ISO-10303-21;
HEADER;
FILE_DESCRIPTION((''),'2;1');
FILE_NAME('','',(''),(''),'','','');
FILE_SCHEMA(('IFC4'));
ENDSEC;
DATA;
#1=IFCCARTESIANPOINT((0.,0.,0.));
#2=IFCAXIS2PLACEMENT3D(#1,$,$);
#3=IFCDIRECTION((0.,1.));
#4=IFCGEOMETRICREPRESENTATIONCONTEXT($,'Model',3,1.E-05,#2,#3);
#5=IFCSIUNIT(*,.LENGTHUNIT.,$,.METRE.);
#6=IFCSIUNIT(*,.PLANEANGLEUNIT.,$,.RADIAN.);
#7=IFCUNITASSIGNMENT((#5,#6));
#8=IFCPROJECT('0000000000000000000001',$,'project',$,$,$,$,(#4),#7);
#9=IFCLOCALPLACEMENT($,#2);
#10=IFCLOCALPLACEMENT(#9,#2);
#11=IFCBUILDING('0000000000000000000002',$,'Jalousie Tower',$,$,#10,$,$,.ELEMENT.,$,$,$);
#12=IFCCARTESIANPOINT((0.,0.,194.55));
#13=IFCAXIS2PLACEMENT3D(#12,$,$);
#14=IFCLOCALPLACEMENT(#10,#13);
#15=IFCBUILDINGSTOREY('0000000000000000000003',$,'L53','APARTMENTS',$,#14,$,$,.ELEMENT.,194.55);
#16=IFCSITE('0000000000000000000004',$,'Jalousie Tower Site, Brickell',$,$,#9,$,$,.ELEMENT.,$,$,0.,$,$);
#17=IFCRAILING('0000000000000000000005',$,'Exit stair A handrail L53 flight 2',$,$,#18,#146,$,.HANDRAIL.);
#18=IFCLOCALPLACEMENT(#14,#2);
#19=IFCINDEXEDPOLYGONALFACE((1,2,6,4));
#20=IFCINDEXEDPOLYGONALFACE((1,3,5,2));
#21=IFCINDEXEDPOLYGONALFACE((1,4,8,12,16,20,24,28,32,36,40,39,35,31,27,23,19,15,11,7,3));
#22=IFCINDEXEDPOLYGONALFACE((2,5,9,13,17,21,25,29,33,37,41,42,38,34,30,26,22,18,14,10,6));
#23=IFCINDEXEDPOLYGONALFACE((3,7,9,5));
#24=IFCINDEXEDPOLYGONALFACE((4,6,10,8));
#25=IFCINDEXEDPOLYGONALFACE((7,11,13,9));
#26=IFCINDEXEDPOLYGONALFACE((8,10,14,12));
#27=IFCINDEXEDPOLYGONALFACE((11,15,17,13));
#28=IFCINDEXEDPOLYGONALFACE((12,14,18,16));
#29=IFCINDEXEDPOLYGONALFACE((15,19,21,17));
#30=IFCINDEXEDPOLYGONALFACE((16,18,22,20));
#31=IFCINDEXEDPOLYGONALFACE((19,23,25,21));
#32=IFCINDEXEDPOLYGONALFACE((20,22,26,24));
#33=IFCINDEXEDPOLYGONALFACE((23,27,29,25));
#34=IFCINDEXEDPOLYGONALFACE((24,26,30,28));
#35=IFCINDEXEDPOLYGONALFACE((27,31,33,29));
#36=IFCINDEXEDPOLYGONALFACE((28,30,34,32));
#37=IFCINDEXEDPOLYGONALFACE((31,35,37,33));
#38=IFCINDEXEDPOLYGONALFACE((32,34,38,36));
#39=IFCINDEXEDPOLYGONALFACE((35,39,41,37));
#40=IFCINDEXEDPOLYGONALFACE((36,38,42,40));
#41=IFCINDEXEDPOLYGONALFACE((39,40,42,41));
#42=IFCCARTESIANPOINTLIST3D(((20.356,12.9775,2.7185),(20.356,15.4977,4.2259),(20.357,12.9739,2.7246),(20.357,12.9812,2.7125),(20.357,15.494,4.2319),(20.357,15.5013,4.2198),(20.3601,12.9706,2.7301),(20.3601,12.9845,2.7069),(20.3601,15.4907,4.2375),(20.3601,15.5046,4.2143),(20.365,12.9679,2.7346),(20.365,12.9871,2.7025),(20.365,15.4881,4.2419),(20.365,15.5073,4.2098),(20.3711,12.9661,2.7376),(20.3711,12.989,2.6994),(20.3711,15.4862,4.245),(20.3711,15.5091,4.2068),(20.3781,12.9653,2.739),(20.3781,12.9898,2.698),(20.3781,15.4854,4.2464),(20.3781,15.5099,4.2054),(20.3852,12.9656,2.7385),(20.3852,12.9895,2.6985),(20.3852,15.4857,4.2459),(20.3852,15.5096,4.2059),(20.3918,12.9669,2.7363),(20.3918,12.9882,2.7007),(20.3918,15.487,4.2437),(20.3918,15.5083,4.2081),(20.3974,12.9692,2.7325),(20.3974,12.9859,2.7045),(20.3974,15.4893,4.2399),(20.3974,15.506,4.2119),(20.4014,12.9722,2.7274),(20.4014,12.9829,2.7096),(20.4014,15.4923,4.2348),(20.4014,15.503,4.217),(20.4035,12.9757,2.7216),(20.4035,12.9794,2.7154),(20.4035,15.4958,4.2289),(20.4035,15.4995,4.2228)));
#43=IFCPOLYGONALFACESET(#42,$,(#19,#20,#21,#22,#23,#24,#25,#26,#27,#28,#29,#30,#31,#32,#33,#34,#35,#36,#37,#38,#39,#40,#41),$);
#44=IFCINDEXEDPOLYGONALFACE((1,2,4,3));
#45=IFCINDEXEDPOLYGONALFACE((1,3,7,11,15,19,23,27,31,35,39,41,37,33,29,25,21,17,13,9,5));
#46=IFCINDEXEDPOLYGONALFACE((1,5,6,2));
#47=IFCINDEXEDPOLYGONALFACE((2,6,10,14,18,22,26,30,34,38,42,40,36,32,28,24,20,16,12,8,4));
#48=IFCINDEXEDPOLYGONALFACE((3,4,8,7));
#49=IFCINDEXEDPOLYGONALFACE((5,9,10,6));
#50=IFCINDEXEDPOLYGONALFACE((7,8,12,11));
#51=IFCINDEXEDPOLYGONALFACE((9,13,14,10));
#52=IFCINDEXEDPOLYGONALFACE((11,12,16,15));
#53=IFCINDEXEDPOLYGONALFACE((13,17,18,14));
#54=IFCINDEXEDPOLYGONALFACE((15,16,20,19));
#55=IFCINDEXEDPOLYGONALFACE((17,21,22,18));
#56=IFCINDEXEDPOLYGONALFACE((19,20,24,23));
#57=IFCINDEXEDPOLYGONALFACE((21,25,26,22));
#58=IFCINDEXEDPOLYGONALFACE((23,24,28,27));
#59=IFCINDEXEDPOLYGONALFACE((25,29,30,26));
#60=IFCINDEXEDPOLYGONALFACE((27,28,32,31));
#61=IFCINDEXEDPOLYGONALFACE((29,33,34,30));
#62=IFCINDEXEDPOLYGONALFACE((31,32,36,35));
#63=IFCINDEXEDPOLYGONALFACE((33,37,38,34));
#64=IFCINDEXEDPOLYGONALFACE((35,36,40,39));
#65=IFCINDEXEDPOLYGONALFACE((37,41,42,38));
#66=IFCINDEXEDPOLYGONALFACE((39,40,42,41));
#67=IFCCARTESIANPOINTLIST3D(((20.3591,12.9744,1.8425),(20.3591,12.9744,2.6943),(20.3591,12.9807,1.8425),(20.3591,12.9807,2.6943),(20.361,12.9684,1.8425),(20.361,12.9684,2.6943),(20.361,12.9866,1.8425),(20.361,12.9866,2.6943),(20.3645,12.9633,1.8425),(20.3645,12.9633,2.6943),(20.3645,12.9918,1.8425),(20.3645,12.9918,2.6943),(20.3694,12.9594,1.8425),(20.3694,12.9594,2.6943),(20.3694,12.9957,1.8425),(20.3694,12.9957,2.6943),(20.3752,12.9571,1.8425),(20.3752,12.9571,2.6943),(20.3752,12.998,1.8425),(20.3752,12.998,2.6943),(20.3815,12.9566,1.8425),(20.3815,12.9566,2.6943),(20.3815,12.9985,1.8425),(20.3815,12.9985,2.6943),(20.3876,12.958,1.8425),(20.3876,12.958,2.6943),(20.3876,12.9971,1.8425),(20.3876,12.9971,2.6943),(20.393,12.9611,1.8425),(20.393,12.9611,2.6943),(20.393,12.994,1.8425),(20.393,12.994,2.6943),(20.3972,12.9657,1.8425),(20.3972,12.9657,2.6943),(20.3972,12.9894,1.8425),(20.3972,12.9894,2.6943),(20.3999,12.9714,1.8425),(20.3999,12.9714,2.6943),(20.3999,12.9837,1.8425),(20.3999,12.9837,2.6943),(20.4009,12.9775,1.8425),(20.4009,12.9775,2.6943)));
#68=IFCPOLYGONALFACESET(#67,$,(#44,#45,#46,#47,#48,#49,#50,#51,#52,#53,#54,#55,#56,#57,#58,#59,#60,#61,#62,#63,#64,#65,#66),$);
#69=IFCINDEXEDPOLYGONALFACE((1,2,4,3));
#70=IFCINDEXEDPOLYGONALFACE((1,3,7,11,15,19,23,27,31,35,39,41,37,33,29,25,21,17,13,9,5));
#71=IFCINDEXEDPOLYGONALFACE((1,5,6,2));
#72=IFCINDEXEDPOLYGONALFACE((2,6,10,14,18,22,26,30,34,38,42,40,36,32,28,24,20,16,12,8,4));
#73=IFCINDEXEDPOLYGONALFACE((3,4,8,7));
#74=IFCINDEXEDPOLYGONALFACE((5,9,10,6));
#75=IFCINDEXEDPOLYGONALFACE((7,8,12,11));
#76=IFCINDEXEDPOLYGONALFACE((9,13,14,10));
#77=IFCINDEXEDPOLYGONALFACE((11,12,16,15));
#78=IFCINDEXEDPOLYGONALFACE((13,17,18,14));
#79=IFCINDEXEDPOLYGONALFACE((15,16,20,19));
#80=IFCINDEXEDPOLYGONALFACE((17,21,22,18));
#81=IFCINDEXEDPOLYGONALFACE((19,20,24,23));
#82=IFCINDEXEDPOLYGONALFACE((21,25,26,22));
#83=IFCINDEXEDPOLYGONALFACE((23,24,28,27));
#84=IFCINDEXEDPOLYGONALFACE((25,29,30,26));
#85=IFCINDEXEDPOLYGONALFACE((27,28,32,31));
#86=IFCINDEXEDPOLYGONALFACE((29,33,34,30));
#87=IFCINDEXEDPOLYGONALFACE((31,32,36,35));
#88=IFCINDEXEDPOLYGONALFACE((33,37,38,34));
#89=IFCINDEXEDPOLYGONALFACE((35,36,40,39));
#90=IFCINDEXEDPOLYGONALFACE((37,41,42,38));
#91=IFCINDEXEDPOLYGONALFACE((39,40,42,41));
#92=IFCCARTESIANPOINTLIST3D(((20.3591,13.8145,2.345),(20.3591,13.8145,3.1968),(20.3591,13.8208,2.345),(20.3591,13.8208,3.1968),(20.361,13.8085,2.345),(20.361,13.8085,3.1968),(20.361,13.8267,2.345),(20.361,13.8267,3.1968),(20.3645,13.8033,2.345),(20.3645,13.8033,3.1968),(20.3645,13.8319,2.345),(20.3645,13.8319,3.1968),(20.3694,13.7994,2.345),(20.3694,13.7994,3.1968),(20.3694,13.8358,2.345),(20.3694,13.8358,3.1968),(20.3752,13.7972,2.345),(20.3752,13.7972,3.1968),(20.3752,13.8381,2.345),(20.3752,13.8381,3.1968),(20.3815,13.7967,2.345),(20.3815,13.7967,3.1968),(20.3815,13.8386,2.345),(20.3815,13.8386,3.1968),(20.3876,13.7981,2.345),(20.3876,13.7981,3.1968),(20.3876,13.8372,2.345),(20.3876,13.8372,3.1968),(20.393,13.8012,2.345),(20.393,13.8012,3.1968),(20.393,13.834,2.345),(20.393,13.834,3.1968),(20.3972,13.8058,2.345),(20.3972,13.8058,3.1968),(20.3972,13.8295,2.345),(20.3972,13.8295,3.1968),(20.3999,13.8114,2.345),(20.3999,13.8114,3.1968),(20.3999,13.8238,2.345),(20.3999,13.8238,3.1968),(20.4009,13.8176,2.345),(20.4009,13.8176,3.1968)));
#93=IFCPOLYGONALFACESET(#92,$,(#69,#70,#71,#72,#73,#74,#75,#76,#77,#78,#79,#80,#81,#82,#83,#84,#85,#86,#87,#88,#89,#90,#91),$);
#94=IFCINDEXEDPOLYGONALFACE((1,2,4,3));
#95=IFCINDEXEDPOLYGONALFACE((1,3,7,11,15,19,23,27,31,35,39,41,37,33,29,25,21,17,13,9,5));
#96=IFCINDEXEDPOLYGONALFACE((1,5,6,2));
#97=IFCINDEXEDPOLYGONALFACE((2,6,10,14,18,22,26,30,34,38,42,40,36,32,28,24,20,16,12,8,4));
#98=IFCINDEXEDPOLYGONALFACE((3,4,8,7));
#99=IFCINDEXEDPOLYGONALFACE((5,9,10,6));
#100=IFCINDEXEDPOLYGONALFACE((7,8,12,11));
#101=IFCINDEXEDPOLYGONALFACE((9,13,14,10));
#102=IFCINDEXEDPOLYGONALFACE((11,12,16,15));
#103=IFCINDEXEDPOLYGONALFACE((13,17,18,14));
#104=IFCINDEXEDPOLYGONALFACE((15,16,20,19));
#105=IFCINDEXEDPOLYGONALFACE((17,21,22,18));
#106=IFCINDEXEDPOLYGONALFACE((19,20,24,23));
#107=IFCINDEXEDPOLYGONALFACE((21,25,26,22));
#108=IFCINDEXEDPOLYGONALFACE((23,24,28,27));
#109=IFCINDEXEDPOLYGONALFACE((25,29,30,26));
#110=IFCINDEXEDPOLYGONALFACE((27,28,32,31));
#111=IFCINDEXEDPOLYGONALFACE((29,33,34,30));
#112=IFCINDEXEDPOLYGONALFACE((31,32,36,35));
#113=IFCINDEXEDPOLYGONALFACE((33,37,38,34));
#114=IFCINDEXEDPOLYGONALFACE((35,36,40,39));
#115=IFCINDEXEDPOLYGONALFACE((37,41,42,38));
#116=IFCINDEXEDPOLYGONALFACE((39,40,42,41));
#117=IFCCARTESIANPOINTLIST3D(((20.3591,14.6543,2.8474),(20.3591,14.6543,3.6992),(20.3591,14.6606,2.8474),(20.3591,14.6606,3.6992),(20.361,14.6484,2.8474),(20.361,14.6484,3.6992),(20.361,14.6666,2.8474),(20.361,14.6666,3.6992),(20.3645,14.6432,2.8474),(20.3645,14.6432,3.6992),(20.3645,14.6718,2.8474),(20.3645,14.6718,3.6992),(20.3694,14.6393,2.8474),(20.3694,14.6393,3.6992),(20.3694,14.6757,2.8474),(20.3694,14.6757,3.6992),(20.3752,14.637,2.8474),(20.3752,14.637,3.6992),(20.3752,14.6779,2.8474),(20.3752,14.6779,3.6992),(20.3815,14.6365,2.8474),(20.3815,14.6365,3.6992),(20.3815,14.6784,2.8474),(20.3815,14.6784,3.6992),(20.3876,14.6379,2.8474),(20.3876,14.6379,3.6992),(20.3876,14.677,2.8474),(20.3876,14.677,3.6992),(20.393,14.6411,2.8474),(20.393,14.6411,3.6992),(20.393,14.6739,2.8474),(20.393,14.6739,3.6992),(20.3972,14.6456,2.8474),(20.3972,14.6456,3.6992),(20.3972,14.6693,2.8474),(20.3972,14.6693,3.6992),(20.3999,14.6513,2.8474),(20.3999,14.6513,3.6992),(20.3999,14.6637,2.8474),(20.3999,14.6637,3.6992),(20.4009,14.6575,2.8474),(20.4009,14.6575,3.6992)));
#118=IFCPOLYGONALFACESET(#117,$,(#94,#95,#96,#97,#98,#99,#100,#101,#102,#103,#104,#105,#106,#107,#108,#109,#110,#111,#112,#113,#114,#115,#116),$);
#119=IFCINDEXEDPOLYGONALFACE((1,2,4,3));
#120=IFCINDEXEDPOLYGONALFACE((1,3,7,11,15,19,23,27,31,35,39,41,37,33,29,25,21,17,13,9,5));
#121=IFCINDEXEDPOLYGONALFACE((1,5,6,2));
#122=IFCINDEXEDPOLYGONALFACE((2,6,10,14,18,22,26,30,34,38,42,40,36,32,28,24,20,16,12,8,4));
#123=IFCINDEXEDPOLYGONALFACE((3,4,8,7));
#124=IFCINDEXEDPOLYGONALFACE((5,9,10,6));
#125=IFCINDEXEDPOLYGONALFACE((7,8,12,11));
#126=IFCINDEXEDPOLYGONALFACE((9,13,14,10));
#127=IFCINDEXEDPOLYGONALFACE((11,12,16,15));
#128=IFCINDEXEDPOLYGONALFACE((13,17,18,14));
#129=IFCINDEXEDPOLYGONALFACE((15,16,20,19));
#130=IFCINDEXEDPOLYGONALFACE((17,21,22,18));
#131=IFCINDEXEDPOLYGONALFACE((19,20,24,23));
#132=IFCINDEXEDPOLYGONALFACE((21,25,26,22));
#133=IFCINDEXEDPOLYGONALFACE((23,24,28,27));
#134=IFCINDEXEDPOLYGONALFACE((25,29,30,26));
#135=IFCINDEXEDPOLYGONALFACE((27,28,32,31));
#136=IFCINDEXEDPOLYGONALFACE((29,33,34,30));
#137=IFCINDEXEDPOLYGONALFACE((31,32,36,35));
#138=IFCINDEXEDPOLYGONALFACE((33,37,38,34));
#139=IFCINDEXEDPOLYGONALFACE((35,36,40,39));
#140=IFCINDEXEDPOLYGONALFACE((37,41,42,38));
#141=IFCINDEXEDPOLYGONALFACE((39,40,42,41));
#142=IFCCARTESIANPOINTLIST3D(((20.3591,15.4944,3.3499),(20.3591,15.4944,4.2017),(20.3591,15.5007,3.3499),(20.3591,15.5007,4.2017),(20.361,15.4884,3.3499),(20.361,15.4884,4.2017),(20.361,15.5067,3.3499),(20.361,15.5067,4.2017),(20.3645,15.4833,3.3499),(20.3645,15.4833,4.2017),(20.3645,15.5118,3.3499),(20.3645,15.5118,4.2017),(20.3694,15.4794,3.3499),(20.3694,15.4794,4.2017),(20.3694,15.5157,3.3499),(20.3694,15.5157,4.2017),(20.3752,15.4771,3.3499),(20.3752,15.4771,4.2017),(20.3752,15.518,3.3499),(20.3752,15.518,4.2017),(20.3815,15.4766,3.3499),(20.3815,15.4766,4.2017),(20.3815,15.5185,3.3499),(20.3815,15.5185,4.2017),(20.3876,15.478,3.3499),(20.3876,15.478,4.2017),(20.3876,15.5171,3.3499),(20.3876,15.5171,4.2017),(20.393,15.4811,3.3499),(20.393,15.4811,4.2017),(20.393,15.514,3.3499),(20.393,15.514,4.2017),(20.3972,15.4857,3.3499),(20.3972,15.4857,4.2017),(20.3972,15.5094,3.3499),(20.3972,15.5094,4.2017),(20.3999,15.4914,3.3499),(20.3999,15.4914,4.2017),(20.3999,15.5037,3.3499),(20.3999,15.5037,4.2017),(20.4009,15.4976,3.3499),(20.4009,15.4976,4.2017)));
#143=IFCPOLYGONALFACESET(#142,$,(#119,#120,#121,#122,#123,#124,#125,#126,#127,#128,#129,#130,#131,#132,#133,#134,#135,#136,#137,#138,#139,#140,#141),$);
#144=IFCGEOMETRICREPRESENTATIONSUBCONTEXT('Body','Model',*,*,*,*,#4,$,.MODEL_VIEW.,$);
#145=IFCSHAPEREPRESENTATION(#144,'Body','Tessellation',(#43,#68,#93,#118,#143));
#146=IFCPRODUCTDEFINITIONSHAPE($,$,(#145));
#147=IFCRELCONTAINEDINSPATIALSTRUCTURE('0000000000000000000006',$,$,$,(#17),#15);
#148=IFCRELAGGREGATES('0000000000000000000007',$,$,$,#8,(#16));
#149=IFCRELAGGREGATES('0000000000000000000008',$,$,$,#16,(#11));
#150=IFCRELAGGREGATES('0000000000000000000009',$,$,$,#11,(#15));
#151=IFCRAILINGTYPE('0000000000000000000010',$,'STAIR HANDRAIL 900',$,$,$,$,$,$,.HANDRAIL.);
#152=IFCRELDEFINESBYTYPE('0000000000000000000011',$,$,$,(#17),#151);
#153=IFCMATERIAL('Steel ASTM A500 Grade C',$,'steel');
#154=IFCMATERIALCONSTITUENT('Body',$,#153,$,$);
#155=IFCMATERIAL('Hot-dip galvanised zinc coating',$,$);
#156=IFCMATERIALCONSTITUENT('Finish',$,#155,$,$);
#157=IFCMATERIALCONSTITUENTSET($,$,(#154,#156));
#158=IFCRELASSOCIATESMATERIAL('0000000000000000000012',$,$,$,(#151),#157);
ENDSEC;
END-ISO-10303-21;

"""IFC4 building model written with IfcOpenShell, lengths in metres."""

from ifc_helpers import new_model, si_unit, direction, frame, origin, origin_2d, place, context, subcontext, project, spatial, circle, extrude, material, constituent, constituent_set, type_object, element, save


model = new_model("IFC4")

# Units and contexts
model_context = context("Model", 3, precision=1e-05, world=origin(), true_north=direction((0.0, 1.0)))
body_context = subcontext(model_context, "Body", "Model", "MODEL_VIEW")
ifc_project = project(units=[si_unit("LENGTHUNIT", "METRE"), si_unit("PLANEANGLEUNIT", "RADIAN")], contexts=[model_context])

# Site, building, storey
site_placement = place(None, origin())
site = spatial("IfcSite", under=ifc_project, at=site_placement, Name="Jalousie Tower Site, Brickell", CompositionType="ELEMENT", RefElevation=0.0)
building_placement = place(site_placement, origin())
building = spatial("IfcBuilding", under=site, at=building_placement, Name="Jalousie Tower", CompositionType="ELEMENT")
storey_placement = place(building_placement, frame((0.0, 0.0, 194.55)))
storey = spatial("IfcBuildingStorey", under=building, at=storey_placement, Name="L53", Description="APARTMENTS", CompositionType="ELEMENT", Elevation=194.55)

# Railing
ifc_material_1 = material(Name="Steel ASTM A500 Grade C", Category="steel")
ifc_constituent_1 = constituent(ifc_material_1, Name="Body")
ifc_material_2 = material(Name="Hot-dip galvanised zinc coating")
ifc_constituent_2 = constituent(ifc_material_2, Name="Finish")
ifc_constituent_set_1 = constituent_set(constituents=[ifc_constituent_1, ifc_constituent_2])
railing_type_1 = type_object("IfcRailingType", Name="STAIR HANDRAIL 900", PredefinedType="HANDRAIL", material=ifc_constituent_set_1)
railing_1_placement = place(storey_placement, frame((20.3799, 12.9775, 1.8425)))
element("IfcRailing", 1, at=railing_1_placement, inside=storey, type_object=railing_type_1, Name="Exit stair A handrail L53 flight 2", PredefinedType="HANDRAIL", context=body_context, shape_type="SweptSolid", body=[
    extrude(circle(Radius=0.0239, at=origin_2d()), frame((0.0, 0.0, 0.876), z_axis=(0.0, 0.858196, 0.513321), x_axis=(-1.0, 0.0, 0.0)), (0.0, 0.0, 1.0), 2.9365),
    extrude(circle(Radius=0.021, at=origin_2d()), origin(), (0.0, 0.0, 1.0), 0.8518),
    extrude(circle(Radius=0.021, at=origin_2d()), frame((0.0, 0.8401, 0.5024)), (0.0, 0.0, 1.0), 0.8518),
    extrude(circle(Radius=0.021, at=origin_2d()), frame((0.0, 1.6799, 1.0049)), (0.0, 0.0, 1.0), 0.8518),
    extrude(circle(Radius=0.021, at=origin_2d()), frame((0.0, 2.52, 1.5073)), (0.0, 0.0, 1.0), 0.8518),
])

save(model, "model.ifc")
